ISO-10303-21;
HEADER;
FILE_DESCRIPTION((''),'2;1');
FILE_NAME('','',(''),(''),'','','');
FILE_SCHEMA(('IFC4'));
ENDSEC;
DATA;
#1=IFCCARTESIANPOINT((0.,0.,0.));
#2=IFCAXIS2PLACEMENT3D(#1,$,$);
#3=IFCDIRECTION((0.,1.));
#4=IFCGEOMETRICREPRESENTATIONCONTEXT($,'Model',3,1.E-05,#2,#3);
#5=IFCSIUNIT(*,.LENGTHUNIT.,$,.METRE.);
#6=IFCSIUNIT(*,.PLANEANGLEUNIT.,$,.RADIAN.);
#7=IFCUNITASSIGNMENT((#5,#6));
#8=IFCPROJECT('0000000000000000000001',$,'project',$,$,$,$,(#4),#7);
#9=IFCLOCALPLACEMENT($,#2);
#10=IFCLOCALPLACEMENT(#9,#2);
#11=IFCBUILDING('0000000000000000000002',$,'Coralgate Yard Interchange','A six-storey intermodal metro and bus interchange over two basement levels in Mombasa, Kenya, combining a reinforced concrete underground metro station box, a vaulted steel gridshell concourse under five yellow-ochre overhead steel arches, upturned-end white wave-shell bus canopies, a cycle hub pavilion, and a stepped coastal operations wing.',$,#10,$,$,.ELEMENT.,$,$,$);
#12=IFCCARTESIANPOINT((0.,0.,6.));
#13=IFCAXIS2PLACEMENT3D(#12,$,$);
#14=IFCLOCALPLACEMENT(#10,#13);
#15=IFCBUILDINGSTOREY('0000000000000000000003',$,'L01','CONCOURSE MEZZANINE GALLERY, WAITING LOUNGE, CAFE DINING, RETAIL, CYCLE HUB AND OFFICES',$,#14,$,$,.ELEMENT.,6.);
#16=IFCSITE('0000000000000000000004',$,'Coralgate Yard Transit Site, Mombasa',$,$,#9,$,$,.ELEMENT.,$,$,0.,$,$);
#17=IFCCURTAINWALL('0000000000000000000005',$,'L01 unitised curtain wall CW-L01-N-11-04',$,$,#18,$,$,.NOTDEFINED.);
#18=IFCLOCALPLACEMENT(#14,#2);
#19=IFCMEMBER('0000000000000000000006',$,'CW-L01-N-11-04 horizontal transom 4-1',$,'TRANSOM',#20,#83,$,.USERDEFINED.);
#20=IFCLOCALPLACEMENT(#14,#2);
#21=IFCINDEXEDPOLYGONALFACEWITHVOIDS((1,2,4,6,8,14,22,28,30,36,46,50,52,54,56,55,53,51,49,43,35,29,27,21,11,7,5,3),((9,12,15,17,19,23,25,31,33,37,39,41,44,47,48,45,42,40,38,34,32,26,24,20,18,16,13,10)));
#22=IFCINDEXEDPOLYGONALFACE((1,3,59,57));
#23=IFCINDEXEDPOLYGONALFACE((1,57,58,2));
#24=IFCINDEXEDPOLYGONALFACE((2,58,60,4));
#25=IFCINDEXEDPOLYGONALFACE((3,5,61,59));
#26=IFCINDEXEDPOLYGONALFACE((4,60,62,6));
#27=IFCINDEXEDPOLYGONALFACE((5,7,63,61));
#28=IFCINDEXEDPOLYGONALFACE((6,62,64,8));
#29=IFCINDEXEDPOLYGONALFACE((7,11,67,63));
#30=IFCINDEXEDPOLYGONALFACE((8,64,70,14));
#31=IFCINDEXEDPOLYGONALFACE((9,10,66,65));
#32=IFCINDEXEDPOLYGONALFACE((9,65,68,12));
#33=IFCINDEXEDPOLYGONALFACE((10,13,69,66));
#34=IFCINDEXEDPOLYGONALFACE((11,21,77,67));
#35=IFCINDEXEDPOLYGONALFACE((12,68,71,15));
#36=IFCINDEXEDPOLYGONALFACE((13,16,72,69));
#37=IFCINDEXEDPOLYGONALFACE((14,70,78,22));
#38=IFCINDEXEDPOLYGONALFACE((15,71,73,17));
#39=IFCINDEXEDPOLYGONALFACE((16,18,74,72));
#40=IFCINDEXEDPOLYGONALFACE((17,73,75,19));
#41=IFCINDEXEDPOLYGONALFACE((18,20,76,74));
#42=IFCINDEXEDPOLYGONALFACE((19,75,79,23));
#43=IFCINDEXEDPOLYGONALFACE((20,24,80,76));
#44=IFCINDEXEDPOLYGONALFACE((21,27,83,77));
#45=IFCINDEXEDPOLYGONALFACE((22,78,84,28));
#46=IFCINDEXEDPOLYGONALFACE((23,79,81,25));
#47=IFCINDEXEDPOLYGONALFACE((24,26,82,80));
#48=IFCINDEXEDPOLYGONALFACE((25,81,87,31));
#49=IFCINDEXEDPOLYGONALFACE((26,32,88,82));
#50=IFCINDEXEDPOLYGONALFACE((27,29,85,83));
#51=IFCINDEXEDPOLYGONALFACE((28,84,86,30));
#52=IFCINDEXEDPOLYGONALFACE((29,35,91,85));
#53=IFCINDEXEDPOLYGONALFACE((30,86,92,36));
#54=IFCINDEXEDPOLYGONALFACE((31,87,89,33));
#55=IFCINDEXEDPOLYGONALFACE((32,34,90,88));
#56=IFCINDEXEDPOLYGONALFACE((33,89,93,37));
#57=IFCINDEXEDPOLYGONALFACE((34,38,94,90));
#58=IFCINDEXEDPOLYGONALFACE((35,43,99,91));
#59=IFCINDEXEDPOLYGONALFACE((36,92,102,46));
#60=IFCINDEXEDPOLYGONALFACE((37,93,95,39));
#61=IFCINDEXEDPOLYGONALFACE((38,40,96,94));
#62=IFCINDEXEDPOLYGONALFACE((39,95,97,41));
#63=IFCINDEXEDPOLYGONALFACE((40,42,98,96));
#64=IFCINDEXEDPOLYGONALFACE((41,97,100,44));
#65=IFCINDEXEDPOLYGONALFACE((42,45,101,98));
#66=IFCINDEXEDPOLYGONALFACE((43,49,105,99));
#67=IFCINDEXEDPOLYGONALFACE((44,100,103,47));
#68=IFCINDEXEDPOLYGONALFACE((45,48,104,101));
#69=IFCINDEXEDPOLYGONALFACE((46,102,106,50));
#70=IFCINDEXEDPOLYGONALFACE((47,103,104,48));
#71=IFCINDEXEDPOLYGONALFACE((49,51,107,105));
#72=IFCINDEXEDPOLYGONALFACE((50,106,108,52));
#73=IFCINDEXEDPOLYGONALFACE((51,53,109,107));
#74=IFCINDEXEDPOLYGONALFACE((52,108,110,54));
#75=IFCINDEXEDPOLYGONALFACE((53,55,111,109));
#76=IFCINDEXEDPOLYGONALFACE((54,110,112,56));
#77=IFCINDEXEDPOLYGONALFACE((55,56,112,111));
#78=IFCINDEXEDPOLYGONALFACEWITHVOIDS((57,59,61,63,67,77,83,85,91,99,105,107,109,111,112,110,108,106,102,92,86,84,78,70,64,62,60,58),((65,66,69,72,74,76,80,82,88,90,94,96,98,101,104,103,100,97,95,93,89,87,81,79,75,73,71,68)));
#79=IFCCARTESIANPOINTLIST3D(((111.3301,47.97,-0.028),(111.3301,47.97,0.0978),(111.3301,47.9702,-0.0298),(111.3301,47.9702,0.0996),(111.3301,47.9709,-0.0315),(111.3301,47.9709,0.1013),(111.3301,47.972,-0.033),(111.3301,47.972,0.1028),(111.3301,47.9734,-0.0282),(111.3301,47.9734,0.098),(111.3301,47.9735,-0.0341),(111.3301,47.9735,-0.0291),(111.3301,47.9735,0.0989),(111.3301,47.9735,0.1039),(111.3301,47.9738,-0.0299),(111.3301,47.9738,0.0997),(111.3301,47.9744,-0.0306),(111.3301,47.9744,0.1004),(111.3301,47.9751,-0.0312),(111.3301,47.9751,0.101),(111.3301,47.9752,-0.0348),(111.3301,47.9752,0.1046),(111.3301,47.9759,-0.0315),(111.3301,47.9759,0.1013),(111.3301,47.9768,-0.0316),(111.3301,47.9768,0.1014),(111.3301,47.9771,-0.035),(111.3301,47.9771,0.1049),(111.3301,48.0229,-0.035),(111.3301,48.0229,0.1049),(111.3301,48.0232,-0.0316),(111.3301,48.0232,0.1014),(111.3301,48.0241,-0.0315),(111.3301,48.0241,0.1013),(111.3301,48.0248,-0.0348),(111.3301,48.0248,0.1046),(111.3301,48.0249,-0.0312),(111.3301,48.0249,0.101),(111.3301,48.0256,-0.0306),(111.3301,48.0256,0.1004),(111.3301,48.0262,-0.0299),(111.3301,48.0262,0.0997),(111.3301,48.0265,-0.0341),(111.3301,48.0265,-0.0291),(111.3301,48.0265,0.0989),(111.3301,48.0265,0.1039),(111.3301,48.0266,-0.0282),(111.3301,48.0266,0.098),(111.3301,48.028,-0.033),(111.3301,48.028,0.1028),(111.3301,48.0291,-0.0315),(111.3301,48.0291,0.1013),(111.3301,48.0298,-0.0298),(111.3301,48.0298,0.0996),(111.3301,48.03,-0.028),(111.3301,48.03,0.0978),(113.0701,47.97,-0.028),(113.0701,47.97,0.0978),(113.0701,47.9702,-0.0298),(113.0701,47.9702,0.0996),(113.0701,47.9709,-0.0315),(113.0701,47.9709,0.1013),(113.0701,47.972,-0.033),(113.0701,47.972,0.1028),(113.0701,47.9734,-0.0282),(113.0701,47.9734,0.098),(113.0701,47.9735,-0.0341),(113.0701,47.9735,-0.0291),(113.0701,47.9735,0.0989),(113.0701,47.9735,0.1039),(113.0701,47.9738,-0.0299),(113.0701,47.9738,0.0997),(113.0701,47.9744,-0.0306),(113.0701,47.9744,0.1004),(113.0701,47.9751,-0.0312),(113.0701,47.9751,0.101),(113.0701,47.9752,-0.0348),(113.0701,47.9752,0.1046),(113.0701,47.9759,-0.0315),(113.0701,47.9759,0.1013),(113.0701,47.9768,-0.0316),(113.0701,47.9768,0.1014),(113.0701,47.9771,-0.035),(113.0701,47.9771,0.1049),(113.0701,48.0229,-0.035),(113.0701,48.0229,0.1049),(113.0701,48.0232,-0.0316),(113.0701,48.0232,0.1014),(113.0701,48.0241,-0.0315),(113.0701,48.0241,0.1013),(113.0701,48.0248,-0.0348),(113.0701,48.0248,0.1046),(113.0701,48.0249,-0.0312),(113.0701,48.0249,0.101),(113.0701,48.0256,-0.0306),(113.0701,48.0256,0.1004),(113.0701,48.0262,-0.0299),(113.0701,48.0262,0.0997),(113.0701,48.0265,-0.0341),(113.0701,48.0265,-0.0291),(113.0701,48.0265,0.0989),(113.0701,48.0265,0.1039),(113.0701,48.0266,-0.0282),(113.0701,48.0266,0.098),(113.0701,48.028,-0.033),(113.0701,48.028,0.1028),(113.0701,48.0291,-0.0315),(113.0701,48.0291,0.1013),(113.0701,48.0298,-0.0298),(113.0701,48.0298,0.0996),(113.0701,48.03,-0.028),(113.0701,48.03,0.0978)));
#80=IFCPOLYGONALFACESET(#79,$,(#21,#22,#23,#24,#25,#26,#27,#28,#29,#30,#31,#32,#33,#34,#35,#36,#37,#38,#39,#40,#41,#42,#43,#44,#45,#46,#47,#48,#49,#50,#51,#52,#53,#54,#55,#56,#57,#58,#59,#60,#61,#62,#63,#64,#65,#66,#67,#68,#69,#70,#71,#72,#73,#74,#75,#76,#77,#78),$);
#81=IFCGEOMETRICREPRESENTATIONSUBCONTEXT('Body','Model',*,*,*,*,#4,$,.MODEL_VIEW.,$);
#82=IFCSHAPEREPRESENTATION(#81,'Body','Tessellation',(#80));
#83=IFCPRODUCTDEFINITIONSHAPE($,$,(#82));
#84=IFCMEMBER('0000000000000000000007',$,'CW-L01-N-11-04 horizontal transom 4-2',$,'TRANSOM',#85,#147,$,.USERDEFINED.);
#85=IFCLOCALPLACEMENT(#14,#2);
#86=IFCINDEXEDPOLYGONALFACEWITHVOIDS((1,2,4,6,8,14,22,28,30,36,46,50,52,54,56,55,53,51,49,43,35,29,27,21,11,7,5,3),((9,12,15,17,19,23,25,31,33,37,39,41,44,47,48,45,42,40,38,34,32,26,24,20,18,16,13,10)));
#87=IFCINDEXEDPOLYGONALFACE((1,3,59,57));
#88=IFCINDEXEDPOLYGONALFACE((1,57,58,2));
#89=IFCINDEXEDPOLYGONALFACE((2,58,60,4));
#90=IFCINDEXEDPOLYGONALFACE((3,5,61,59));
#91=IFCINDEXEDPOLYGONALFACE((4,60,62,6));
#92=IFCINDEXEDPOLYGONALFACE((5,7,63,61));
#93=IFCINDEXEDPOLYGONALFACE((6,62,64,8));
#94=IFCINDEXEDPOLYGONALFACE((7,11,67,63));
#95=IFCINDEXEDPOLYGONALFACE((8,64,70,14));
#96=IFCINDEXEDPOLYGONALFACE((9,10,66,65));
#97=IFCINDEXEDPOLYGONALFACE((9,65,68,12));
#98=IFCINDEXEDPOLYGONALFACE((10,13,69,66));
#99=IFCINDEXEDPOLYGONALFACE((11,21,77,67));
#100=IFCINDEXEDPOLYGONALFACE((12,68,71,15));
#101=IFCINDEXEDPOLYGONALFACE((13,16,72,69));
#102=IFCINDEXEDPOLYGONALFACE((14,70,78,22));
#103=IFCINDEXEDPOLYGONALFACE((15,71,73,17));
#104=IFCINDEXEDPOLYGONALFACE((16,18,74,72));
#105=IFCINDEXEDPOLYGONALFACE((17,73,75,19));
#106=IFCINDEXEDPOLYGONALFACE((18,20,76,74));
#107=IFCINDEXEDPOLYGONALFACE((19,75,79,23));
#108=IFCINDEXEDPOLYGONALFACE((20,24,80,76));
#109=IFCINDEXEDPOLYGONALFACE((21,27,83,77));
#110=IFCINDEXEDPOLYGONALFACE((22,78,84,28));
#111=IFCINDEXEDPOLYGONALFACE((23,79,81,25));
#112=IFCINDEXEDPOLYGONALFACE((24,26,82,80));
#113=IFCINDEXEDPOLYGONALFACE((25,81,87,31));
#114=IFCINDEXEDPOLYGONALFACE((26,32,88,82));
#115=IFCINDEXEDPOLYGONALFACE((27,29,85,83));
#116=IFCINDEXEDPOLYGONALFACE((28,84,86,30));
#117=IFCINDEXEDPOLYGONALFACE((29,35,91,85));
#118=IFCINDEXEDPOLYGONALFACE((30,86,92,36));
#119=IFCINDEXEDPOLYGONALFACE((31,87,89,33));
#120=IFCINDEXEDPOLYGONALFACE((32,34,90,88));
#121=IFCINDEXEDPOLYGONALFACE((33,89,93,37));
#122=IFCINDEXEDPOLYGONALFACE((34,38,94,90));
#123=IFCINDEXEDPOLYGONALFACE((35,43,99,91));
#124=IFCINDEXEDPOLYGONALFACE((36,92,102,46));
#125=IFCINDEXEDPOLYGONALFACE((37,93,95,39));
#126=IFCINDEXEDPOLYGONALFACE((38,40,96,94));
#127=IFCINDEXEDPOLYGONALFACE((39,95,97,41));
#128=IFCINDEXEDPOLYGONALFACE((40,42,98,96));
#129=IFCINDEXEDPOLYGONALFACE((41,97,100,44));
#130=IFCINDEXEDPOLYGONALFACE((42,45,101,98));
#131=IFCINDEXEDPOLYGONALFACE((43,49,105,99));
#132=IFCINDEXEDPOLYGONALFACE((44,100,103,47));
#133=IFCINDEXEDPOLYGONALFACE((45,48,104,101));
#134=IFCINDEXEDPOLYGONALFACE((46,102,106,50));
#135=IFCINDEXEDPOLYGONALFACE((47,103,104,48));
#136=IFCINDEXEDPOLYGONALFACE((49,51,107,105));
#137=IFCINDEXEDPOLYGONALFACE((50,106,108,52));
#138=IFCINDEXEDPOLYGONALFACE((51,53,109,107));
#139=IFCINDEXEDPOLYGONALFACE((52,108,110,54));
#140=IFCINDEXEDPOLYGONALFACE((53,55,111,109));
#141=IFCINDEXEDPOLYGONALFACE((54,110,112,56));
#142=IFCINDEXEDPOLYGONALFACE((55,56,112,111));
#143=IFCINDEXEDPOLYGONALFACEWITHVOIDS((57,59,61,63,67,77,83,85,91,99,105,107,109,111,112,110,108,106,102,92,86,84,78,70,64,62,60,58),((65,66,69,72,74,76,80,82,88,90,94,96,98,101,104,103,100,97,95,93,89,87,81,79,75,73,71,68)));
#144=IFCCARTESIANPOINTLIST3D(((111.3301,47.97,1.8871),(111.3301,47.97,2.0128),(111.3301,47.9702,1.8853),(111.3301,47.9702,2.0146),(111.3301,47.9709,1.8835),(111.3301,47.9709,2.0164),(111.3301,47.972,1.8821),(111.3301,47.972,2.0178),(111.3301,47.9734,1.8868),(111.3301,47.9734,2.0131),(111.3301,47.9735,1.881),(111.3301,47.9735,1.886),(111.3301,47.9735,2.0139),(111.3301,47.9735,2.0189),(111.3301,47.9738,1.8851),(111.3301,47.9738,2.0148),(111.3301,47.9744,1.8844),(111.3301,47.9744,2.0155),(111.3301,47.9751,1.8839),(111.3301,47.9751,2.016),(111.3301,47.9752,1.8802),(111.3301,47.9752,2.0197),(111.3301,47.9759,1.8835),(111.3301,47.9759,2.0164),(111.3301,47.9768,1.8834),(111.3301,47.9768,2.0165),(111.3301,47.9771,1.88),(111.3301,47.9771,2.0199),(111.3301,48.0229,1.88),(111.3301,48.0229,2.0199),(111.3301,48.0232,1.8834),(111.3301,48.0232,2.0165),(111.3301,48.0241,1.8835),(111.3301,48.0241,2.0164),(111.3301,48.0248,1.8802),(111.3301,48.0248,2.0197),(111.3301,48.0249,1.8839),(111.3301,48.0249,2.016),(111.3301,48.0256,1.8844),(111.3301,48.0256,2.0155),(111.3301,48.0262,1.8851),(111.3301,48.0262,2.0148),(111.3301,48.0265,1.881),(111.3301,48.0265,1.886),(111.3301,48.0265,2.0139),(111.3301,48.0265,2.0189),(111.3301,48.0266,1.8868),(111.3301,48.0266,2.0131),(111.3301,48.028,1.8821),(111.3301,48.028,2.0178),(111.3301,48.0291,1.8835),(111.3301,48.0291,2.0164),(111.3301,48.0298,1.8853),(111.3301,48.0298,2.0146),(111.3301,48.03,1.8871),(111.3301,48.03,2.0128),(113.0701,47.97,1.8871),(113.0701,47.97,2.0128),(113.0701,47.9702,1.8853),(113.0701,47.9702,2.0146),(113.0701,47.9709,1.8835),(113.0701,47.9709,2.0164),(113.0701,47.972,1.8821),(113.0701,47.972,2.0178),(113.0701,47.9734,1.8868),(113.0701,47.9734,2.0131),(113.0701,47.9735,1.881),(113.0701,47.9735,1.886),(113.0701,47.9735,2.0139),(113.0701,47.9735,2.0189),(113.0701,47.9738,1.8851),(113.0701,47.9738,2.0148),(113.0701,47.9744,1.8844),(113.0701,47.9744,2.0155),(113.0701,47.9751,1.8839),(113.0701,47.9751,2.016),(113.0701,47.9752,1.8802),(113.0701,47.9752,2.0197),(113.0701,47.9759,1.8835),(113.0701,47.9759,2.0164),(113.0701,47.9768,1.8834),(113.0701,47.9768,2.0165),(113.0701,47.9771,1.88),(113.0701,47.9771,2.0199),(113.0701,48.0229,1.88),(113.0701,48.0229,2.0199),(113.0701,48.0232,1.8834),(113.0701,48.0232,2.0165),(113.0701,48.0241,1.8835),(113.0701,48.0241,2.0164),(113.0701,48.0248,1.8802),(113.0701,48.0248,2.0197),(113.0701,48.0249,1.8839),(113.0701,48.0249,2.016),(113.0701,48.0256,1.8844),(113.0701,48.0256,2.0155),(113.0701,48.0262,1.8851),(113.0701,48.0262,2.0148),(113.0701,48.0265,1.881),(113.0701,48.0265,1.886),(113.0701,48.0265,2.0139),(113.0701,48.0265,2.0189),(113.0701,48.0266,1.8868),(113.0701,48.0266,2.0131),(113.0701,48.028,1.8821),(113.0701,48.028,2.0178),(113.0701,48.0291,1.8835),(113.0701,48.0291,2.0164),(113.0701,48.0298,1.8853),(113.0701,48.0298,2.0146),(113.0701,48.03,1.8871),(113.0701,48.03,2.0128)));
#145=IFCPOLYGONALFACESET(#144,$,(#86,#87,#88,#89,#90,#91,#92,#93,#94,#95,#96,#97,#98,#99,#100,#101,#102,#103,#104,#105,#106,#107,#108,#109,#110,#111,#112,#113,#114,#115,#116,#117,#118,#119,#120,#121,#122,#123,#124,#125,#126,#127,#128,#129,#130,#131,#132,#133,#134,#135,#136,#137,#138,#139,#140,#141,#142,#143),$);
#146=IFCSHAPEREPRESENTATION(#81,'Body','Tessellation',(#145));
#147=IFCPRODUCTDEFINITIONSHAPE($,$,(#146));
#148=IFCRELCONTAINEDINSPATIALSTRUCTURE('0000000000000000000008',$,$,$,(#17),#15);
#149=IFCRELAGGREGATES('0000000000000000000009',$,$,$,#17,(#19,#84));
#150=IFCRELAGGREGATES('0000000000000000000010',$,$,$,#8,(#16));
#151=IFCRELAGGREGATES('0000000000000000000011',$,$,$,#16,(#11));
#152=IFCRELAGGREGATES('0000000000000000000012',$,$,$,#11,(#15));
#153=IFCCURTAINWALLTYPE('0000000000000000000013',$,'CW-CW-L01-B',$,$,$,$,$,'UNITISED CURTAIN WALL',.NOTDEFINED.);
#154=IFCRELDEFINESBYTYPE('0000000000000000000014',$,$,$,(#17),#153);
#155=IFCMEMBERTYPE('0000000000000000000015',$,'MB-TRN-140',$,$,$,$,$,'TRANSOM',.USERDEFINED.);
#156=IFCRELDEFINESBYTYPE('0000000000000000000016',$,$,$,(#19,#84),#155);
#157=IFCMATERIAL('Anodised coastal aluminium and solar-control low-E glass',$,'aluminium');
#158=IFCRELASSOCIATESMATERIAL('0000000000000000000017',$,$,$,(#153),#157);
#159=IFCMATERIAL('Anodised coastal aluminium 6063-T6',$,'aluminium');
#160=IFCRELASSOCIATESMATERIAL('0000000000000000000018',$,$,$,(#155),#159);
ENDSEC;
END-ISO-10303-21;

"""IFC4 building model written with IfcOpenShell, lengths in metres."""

from ifc_helpers import new_model, si_unit, direction, frame, origin, origin_2d, place, context, subcontext, project, spatial, hollow_rectangle, extrude, material, material_profile, profile_set, type_object, element, aggregate, save


model = new_model("IFC4")

# Units and contexts
model_context = context("Model", 3, precision=1e-05, world=origin(), true_north=direction((0.0, 1.0)))
body_context = subcontext(model_context, "Body", "Model", "MODEL_VIEW")
ifc_project = project(units=[si_unit("LENGTHUNIT", "METRE"), si_unit("PLANEANGLEUNIT", "RADIAN")], contexts=[model_context])

# Site, building, storey
site_placement = place(None, origin())
site = spatial("IfcSite", under=ifc_project, at=site_placement, Name="Coralgate Yard Transit Site, Mombasa", CompositionType="ELEMENT", RefElevation=0.0)
building_placement = place(site_placement, origin())
building = spatial("IfcBuilding", under=site, at=building_placement, Name="Coralgate Yard Interchange", Description="A six-storey intermodal metro and bus interchange over two basement levels in Mombasa, Kenya, combining a reinforced concrete underground metro station box, a vaulted steel gridshell concourse under five yellow-ochre overhead steel arches, upturned-end white wave-shell bus canopies, a cycle hub pavilion, and a stepped coastal operations wing.", CompositionType="ELEMENT")
storey_placement = place(building_placement, frame((0.0, 0.0, 6.0)))
storey = spatial("IfcBuildingStorey", under=building, at=storey_placement, Name="L01", Description="CONCOURSE MEZZANINE GALLERY, WAITING LOUNGE, CAFE DINING, RETAIL, CYCLE HUB AND OFFICES", CompositionType="ELEMENT", Elevation=6.0)

# Curtain wall
ifc_material_1 = material(Name="Anodised coastal aluminium and solar-control low-E glass", Category="aluminium")
curtain_wall_type_1 = type_object("IfcCurtainWallType", Name="CW-CW-L01-B", ElementType="UNITISED CURTAIN WALL", PredefinedType="NOTDEFINED", material=ifc_material_1)
curtain_wall_1_placement = place(storey_placement, origin())
curtain_wall_1 = element("IfcCurtainWall", 1, at=curtain_wall_1_placement, inside=storey, type_object=curtain_wall_type_1, Name="L01 unitised curtain wall CW-L01-N-11-04", PredefinedType="NOTDEFINED")
ifc_material_2 = material(Name="Anodised coastal aluminium 6063-T6", Category="aluminium")

# Members
ifc_material_profile_1 = material_profile(ifc_material_2, hollow_rectangle(XDim=0.0601, YDim=0.1399, WallThickness=0.0034, InnerFilletRadius=0.0034, OuterFilletRadius=0.0071, at=origin_2d()), Name="ALU 60x140x3.5")
ifc_profile_set_1 = profile_set([ifc_material_profile_1], Name="Anodised coastal aluminium 6063-T6")
member_type_1 = type_object("IfcMemberType", Name="MB-TRN-140", ElementType="TRANSOM", PredefinedType="USERDEFINED", material=ifc_profile_set_1)
member_1_placement = place(storey_placement, frame((111.3301, 48.0, 0.0349), z_axis=(1.0, 0.0, 0.0), x_axis=(0.0, 1.0, 0.0)))
member_1 = element("IfcMember", 2, at=member_1_placement, type_object=member_type_1, Name="CW-L01-N-11-04 horizontal transom 4-1", ObjectType="TRANSOM", PredefinedType="USERDEFINED", context=body_context, shape_type="SweptSolid", body=[
    extrude(hollow_rectangle(XDim=0.0601, YDim=0.1399, WallThickness=0.0034, InnerFilletRadius=0.0034, OuterFilletRadius=0.0071, at=origin_2d()), origin(), (0.0, 0.0, 1.0), 1.74),
])
member_2_placement = place(storey_placement, frame((111.3301, 48.0, 1.95), z_axis=(1.0, 0.0, 0.0), x_axis=(0.0, 1.0, 0.0)))
member_2 = element("IfcMember", 3, at=member_2_placement, type_object=member_type_1, Name="CW-L01-N-11-04 horizontal transom 4-2", ObjectType="TRANSOM", PredefinedType="USERDEFINED", context=body_context, shape_type="SweptSolid", body=[
    extrude(hollow_rectangle(XDim=0.0601, YDim=0.1399, WallThickness=0.0034, InnerFilletRadius=0.0034, OuterFilletRadius=0.0071, at=origin_2d()), origin(), (0.0, 0.0, 1.0), 1.74),
])

aggregate(curtain_wall_1, [member_1, member_2])

save(model, "model.ifc")
